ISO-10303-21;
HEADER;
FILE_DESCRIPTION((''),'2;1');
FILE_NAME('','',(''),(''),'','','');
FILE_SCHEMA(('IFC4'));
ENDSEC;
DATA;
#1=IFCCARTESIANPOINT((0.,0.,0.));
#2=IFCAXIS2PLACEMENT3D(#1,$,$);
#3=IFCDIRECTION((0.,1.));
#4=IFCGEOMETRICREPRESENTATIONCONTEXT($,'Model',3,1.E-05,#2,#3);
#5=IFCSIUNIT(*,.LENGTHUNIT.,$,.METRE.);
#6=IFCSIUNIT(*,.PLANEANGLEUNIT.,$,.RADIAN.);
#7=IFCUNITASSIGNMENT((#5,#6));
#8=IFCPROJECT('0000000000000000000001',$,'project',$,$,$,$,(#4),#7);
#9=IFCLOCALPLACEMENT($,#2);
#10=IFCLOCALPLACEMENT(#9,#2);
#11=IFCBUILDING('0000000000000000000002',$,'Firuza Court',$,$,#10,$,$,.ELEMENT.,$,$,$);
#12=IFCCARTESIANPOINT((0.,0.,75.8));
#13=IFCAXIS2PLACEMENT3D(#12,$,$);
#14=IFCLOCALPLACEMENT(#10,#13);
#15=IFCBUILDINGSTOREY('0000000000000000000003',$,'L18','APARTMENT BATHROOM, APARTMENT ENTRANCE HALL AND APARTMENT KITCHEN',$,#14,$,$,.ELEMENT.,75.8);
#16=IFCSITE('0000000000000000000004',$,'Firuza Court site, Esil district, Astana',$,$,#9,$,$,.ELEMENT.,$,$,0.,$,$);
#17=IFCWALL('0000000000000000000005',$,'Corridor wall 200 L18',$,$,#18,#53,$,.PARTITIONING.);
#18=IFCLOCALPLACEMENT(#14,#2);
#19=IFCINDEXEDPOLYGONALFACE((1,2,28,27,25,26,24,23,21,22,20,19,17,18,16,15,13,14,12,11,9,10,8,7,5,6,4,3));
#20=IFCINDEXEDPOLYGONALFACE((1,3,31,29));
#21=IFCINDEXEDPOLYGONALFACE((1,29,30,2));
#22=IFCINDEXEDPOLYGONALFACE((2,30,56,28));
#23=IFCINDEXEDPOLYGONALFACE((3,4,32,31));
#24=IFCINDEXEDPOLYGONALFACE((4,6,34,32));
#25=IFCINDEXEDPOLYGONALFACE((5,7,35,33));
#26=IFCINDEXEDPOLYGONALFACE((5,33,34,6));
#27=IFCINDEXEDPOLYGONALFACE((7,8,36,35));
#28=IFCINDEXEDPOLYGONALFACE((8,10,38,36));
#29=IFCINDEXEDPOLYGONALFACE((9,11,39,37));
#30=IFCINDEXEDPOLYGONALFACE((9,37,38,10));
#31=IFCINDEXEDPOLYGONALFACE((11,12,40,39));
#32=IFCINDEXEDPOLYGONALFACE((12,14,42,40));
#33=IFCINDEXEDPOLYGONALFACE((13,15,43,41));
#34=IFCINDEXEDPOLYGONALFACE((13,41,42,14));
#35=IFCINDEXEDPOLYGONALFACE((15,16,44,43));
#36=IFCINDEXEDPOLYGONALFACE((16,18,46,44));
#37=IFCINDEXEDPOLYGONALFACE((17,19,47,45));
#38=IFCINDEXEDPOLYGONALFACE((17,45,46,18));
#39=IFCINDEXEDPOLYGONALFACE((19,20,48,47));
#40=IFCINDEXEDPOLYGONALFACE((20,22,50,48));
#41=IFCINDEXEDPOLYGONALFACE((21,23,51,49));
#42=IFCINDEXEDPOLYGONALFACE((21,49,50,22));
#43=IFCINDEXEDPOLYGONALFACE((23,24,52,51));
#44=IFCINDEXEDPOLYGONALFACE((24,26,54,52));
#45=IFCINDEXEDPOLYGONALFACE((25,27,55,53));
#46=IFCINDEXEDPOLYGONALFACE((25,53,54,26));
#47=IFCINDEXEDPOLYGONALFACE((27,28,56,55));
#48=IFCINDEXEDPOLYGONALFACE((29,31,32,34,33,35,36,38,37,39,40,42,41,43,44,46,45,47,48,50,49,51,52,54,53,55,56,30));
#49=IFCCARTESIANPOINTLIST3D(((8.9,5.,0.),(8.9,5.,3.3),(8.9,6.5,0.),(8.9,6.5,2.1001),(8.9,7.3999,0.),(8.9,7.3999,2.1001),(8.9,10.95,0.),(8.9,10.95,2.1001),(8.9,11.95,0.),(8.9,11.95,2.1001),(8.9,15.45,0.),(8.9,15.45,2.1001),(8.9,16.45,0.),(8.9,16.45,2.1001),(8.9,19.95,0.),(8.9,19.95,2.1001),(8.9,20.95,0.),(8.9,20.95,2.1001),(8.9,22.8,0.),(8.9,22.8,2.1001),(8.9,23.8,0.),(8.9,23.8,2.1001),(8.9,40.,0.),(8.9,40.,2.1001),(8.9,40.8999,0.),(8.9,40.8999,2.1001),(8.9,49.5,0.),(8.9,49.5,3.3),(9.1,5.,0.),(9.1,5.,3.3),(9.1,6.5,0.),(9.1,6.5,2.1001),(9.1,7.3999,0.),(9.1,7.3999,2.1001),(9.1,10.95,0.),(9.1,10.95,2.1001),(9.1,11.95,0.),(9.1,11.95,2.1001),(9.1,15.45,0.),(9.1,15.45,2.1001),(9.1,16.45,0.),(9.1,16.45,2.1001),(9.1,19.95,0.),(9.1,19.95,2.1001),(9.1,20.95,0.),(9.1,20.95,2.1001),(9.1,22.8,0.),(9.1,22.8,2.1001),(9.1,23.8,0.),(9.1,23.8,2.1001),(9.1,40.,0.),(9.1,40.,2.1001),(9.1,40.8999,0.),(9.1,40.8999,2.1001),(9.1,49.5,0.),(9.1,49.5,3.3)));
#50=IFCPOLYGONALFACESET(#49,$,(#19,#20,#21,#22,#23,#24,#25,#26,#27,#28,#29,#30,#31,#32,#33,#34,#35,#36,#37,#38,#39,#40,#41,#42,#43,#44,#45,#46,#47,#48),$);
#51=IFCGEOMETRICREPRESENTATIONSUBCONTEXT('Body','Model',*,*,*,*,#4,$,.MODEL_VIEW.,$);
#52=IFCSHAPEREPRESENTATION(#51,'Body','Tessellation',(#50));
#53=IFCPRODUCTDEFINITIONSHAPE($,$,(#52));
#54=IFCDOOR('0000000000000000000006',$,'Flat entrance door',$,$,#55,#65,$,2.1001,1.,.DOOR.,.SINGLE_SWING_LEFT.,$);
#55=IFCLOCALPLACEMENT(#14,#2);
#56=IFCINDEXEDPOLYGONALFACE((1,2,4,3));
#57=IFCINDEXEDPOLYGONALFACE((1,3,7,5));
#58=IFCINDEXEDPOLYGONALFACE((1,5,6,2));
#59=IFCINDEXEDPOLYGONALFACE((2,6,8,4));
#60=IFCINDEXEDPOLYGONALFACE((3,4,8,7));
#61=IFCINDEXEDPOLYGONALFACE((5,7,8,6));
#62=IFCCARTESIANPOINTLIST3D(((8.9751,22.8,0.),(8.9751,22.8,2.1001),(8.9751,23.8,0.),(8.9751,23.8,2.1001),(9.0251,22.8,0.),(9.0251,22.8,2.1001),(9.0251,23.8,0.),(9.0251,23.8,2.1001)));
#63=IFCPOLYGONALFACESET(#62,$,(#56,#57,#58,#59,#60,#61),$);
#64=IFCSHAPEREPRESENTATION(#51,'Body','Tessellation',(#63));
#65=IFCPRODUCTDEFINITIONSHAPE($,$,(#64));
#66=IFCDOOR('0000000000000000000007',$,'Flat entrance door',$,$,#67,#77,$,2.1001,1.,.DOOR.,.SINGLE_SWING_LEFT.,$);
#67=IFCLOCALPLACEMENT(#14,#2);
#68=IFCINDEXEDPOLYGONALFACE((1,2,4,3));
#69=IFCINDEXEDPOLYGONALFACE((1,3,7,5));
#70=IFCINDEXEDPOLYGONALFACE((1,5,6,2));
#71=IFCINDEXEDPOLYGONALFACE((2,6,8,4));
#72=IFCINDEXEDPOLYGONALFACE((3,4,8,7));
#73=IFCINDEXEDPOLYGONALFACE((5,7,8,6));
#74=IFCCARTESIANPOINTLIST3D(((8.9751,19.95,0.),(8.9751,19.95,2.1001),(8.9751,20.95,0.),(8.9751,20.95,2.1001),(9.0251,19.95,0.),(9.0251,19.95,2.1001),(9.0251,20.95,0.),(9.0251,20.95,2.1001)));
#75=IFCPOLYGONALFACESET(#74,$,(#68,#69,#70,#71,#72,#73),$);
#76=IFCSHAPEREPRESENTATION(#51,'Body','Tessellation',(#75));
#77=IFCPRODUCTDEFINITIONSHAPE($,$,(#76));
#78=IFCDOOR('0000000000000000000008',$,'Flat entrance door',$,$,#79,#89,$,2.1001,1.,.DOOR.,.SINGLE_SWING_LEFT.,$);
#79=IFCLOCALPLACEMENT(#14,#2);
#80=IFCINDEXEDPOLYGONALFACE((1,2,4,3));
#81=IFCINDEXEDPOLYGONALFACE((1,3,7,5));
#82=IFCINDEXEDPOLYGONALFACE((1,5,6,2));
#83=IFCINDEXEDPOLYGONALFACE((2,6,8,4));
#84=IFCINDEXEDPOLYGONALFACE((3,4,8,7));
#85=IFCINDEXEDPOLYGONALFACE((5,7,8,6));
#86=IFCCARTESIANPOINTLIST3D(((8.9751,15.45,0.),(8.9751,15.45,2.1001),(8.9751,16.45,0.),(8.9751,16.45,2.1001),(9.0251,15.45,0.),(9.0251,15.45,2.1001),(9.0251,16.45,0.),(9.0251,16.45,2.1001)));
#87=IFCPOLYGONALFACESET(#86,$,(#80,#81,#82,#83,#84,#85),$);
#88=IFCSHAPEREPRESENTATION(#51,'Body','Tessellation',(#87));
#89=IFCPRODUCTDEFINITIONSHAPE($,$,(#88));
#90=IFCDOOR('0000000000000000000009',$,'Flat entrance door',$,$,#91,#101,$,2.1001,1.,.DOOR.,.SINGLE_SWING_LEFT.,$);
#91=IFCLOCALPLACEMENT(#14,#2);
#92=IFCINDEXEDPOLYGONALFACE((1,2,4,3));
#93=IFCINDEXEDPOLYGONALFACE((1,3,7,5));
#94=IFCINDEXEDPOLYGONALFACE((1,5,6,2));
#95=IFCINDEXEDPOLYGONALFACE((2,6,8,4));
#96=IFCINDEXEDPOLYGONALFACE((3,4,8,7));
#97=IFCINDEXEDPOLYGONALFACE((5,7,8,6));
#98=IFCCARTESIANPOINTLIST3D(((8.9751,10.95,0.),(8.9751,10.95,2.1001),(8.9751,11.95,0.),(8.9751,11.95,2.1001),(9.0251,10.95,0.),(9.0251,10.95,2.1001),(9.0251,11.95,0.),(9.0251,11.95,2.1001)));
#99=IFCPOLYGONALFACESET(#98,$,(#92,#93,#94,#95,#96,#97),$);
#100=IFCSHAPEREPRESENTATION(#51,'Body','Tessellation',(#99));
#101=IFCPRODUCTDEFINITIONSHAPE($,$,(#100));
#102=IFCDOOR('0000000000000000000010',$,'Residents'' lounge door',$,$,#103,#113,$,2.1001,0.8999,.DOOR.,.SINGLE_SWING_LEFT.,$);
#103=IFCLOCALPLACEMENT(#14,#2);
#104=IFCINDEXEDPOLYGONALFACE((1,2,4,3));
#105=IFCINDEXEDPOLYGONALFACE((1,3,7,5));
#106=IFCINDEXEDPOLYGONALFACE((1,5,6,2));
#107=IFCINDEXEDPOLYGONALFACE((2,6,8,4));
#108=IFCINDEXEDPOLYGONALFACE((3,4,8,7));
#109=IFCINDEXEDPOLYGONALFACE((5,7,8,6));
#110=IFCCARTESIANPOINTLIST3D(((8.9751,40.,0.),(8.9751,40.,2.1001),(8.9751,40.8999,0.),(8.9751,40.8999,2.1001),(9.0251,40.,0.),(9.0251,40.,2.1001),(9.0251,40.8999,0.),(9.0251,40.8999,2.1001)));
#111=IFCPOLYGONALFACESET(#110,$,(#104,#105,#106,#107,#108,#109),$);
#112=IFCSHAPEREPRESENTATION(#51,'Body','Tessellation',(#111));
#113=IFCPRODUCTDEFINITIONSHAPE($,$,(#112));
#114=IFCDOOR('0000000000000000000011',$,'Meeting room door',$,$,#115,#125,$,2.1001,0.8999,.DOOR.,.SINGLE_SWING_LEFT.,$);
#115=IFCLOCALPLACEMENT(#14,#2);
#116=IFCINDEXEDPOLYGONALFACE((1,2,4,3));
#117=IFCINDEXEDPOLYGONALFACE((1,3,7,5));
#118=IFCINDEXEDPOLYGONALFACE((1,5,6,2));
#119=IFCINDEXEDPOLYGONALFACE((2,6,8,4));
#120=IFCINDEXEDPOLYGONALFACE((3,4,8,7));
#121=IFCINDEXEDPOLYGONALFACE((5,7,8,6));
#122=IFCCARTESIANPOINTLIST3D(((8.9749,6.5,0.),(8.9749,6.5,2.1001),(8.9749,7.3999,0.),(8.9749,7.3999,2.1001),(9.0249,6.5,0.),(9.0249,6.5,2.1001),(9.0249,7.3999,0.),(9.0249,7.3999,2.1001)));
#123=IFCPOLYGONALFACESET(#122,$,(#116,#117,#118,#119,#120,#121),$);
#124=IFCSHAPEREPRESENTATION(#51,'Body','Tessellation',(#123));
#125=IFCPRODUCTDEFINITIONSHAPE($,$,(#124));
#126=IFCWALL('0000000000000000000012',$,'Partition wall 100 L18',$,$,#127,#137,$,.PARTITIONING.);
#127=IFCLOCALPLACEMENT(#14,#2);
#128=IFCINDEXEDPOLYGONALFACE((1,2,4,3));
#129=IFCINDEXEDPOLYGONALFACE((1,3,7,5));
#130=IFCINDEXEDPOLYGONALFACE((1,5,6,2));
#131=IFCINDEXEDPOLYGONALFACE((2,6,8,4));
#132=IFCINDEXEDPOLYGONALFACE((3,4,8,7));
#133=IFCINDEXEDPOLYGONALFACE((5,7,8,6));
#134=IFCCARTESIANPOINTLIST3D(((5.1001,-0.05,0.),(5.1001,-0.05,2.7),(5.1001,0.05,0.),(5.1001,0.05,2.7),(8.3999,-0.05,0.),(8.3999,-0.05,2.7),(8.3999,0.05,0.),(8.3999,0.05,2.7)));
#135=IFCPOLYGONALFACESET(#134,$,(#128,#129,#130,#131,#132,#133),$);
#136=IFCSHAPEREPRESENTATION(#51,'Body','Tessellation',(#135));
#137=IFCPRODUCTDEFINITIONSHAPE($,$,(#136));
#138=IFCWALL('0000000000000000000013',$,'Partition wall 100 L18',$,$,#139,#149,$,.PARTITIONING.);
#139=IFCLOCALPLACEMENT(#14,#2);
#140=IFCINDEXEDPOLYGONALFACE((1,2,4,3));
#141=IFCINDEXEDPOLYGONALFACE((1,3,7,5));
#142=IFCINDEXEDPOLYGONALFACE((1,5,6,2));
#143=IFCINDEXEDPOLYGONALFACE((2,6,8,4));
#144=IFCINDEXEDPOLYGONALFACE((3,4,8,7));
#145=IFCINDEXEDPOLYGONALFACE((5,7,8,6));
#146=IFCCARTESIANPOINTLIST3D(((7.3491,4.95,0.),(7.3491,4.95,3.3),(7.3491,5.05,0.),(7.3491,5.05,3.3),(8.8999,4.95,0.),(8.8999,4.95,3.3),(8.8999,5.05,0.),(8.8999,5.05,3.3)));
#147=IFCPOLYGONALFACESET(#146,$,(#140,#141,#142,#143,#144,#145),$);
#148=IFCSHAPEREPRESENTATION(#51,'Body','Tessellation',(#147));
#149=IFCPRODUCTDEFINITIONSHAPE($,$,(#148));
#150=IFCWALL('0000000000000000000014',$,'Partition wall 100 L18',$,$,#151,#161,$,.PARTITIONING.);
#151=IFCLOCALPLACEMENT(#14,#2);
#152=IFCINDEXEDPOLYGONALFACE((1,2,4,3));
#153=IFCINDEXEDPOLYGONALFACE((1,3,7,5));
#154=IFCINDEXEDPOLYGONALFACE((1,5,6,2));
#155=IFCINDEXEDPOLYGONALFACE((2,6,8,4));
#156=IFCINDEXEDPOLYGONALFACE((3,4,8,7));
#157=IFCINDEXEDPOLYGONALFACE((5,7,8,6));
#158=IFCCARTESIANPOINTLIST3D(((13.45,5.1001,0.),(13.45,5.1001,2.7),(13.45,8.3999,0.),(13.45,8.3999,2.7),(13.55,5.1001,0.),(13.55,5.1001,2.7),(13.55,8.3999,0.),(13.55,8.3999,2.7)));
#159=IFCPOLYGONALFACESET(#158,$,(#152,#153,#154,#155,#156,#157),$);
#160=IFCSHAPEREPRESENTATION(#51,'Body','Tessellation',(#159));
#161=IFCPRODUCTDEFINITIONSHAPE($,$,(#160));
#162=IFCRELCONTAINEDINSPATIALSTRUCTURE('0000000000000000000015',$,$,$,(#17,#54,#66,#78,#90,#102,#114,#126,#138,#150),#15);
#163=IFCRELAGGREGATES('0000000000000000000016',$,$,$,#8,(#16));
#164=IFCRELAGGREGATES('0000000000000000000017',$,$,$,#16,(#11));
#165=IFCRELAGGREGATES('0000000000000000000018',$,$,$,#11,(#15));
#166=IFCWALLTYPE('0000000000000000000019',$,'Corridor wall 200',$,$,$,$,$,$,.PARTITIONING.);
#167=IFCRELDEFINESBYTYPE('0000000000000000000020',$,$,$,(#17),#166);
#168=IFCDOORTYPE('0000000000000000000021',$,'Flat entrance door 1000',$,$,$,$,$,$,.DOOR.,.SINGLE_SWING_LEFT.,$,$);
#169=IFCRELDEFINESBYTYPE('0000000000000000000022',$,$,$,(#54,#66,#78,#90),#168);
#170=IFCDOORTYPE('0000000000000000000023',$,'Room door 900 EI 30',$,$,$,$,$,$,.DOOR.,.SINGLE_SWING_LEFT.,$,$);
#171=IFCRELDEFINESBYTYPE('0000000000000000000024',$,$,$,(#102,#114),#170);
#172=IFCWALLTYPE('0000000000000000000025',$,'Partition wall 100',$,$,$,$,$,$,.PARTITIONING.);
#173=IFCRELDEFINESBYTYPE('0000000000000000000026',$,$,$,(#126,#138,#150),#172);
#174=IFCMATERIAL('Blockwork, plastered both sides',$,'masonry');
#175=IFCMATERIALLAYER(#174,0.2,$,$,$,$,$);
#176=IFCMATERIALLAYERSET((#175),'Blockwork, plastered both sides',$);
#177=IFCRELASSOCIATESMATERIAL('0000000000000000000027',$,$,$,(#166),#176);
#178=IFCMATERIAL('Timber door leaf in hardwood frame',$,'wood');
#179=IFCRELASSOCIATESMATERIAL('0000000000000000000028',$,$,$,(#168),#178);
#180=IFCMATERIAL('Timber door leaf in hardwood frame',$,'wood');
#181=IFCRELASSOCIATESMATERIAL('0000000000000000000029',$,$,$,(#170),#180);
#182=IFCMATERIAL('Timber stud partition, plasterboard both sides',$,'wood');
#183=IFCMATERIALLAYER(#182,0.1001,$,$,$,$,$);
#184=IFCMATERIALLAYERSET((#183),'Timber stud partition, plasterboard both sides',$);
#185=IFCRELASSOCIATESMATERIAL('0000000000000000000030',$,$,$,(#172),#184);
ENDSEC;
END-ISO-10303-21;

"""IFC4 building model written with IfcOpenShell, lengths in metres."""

from ifc_helpers import new_model, si_unit, direction, frame, frame_2d, origin, place, context, subcontext, project, spatial, rectangle, extrude, material, layer, layer_set, type_object, element, fill, save


model = new_model("IFC4")

# Units and contexts
model_context = context("Model", 3, precision=1e-05, world=origin(), true_north=direction((0.0, 1.0)))
body_context = subcontext(model_context, "Body", "Model", "MODEL_VIEW")
ifc_project = project(units=[si_unit("LENGTHUNIT", "METRE"), si_unit("PLANEANGLEUNIT", "RADIAN")], contexts=[model_context])

# Site, building, storey
site_placement = place(None, origin())
site = spatial("IfcSite", under=ifc_project, at=site_placement, Name="Firuza Court site, Esil district, Astana", CompositionType="ELEMENT", RefElevation=0.0)
building_placement = place(site_placement, origin())
building = spatial("IfcBuilding", under=site, at=building_placement, Name="Firuza Court", CompositionType="ELEMENT")
storey_placement = place(building_placement, frame((0.0, 0.0, 75.8)))
storey = spatial("IfcBuildingStorey", under=building, at=storey_placement, Name="L18", Description="APARTMENT BATHROOM, APARTMENT ENTRANCE HALL AND APARTMENT KITCHEN", CompositionType="ELEMENT", Elevation=75.8)

# Wall, openings, doors
ifc_material_1 = material(Name="Blockwork, plastered both sides", Category="masonry")
ifc_layer_1 = layer(ifc_material_1, 0.2)
ifc_layer_set_1 = layer_set([ifc_layer_1], Name="Blockwork, plastered both sides")
wall_type_1 = type_object("IfcWallType", Name="Corridor wall 200", PredefinedType="PARTITIONING", material=ifc_layer_set_1)
wall_1_placement = place(storey_placement, frame((9.0, 5.0, 0.0), z_axis=(0.0, 0.0, 1.0), x_axis=(0.0, 1.0, 0.0)))
wall_1 = element("IfcWall", 1, at=wall_1_placement, inside=storey, type_object=wall_type_1, Name="Corridor wall 200 L18", PredefinedType="PARTITIONING", context=body_context, shape_type="SweptSolid", body=[
    extrude(rectangle(XDim=44.5, YDim=0.2, at=frame_2d((22.25, 0.0))), origin(), (0.0, 0.0, 1.0), 3.3),
])
opening_1_placement = place(wall_1_placement, frame((17.8, 0.0, 0.0)))
opening_1 = element("IfcOpeningElement", 2, at=opening_1_placement, cuts=wall_1, PredefinedType="OPENING", context=body_context, shape_type="SweptSolid", body=[
    extrude(rectangle(XDim=1.0, YDim=2.1001, at=frame_2d((0.5, 1.05))), frame((0.0, 0.1118, 0.0), z_axis=(0.0, -1.0, 0.0), x_axis=(1.0, 0.0, 0.0)), (0.0, 0.0, 1.0), 0.2239),
])
opening_2_placement = place(wall_1_placement, frame((14.95, 0.0, 0.0)))
opening_2 = element("IfcOpeningElement", 3, at=opening_2_placement, cuts=wall_1, PredefinedType="OPENING", context=body_context, shape_type="SweptSolid", body=[
    extrude(rectangle(XDim=1.0, YDim=2.1001, at=frame_2d((0.5, 1.05))), frame((0.0, 0.1118, 0.0), z_axis=(0.0, -1.0, 0.0), x_axis=(1.0, 0.0, 0.0)), (0.0, 0.0, 1.0), 0.2239),
])
opening_3_placement = place(wall_1_placement, frame((10.45, 0.0, 0.0)))
opening_3 = element("IfcOpeningElement", 4, at=opening_3_placement, cuts=wall_1, PredefinedType="OPENING", context=body_context, shape_type="SweptSolid", body=[
    extrude(rectangle(XDim=1.0, YDim=2.1001, at=frame_2d((0.5, 1.05))), frame((0.0, 0.1118, 0.0), z_axis=(0.0, -1.0, 0.0), x_axis=(1.0, 0.0, 0.0)), (0.0, 0.0, 1.0), 0.2239),
])
opening_4_placement = place(wall_1_placement, frame((5.95, 0.0, 0.0)))
opening_4 = element("IfcOpeningElement", 5, at=opening_4_placement, cuts=wall_1, PredefinedType="OPENING", context=body_context, shape_type="SweptSolid", body=[
    extrude(rectangle(XDim=1.0, YDim=2.1001, at=frame_2d((0.5, 1.05))), frame((0.0, 0.1118, 0.0), z_axis=(0.0, -1.0, 0.0), x_axis=(1.0, 0.0, 0.0)), (0.0, 0.0, 1.0), 0.2239),
])
opening_5_placement = place(wall_1_placement, frame((35.0, 0.0, 0.0)))
opening_5 = element("IfcOpeningElement", 6, at=opening_5_placement, cuts=wall_1, PredefinedType="OPENING", context=body_context, shape_type="SweptSolid", body=[
    extrude(rectangle(XDim=0.8999, YDim=2.1001, at=frame_2d((0.45, 1.05))), frame((0.0, 0.1118, 0.0), z_axis=(0.0, -1.0, 0.0), x_axis=(1.0, 0.0, 0.0)), (0.0, 0.0, 1.0), 0.2239),
])
opening_6_placement = place(wall_1_placement, frame((1.5, 0.0, 0.0)))
opening_6 = element("IfcOpeningElement", 7, at=opening_6_placement, cuts=wall_1, PredefinedType="OPENING", context=body_context, shape_type="SweptSolid", body=[
    extrude(rectangle(XDim=0.8999, YDim=2.1001, at=frame_2d((0.45, 1.05))), frame((0.0, 0.1118, 0.0), z_axis=(0.0, -1.0, 0.0), x_axis=(1.0, 0.0, 0.0)), (0.0, 0.0, 1.0), 0.2239),
])
ifc_material_2 = material(Name="Timber door leaf in hardwood frame", Category="wood")
door_type_1 = type_object("IfcDoorType", Name="Flat entrance door 1000", OperationType="SINGLE_SWING_LEFT", PredefinedType="DOOR", material=ifc_material_2)
door_1_placement = place(opening_1_placement, origin())
door_1 = element("IfcDoor", 8, at=door_1_placement, inside=storey, type_object=door_type_1, Name="Flat entrance door", OperationType="SINGLE_SWING_LEFT", OverallHeight=2.1001, OverallWidth=1.0, PredefinedType="DOOR", context=body_context, shape_type="SweptSolid", body=[
    extrude(rectangle(XDim=1.0, YDim=2.1001, at=frame_2d((0.5, 1.05))), frame((0.0, 0.0249, 0.0), z_axis=(0.0, -1.0, 0.0), x_axis=(1.0, 0.0, 0.0)), (0.0, 0.0, 1.0), 0.05),
])
fill(opening_1, door_1)
door_2_placement = place(opening_2_placement, origin())
door_2 = element("IfcDoor", 9, at=door_2_placement, inside=storey, type_object=door_type_1, Name="Flat entrance door", OperationType="SINGLE_SWING_LEFT", OverallHeight=2.1001, OverallWidth=1.0, PredefinedType="DOOR", context=body_context, shape_type="SweptSolid", body=[
    extrude(rectangle(XDim=1.0, YDim=2.1001, at=frame_2d((0.5, 1.05))), frame((0.0, 0.0249, 0.0), z_axis=(0.0, -1.0, 0.0), x_axis=(1.0, 0.0, 0.0)), (0.0, 0.0, 1.0), 0.05),
])
fill(opening_2, door_2)
door_3_placement = place(opening_3_placement, origin())
door_3 = element("IfcDoor", 10, at=door_3_placement, inside=storey, type_object=door_type_1, Name="Flat entrance door", OperationType="SINGLE_SWING_LEFT", OverallHeight=2.1001, OverallWidth=1.0, PredefinedType="DOOR", context=body_context, shape_type="SweptSolid", body=[
    extrude(rectangle(XDim=1.0, YDim=2.1001, at=frame_2d((0.5, 1.05))), frame((0.0, 0.0249, 0.0), z_axis=(0.0, -1.0, 0.0), x_axis=(1.0, 0.0, 0.0)), (0.0, 0.0, 1.0), 0.05),
])
fill(opening_3, door_3)
door_4_placement = place(opening_4_placement, origin())
door_4 = element("IfcDoor", 11, at=door_4_placement, inside=storey, type_object=door_type_1, Name="Flat entrance door", OperationType="SINGLE_SWING_LEFT", OverallHeight=2.1001, OverallWidth=1.0, PredefinedType="DOOR", context=body_context, shape_type="SweptSolid", body=[
    extrude(rectangle(XDim=1.0, YDim=2.1001, at=frame_2d((0.5, 1.05))), frame((0.0, 0.0249, 0.0), z_axis=(0.0, -1.0, 0.0), x_axis=(1.0, 0.0, 0.0)), (0.0, 0.0, 1.0), 0.05),
])
fill(opening_4, door_4)
ifc_material_3 = material(Name="Timber door leaf in hardwood frame", Category="wood")
door_type_2 = type_object("IfcDoorType", Name="Room door 900 EI 30", OperationType="SINGLE_SWING_LEFT", PredefinedType="DOOR", material=ifc_material_3)
door_5_placement = place(opening_5_placement, origin())
door_5 = element("IfcDoor", 12, at=door_5_placement, inside=storey, type_object=door_type_2, Name="Residents' lounge door", OperationType="SINGLE_SWING_LEFT", OverallHeight=2.1001, OverallWidth=0.8999, PredefinedType="DOOR", context=body_context, shape_type="SweptSolid", body=[
    extrude(rectangle(XDim=0.8999, YDim=2.1001, at=frame_2d((0.45, 1.05))), frame((0.0, 0.0249, 0.0), z_axis=(0.0, -1.0, 0.0), x_axis=(1.0, 0.0, 0.0)), (0.0, 0.0, 1.0), 0.05),
])
fill(opening_5, door_5)
door_6_placement = place(opening_6_placement, frame((0.8999, 0.0, 0.0), z_axis=(0.0, 0.0, 1.0), x_axis=(-1.0, 0.0, 0.0)))
door_6 = element("IfcDoor", 13, at=door_6_placement, inside=storey, type_object=door_type_2, Name="Meeting room door", OperationType="SINGLE_SWING_LEFT", OverallHeight=2.1001, OverallWidth=0.8999, PredefinedType="DOOR", context=body_context, shape_type="SweptSolid", body=[
    extrude(rectangle(XDim=0.8999, YDim=2.1001, at=frame_2d((0.45, 1.05))), frame((0.0, 0.0249, 0.0), z_axis=(0.0, -1.0, 0.0), x_axis=(1.0, 0.0, 0.0)), (0.0, 0.0, 1.0), 0.05),
])
fill(opening_6, door_6)

# Walls
ifc_material_4 = material(Name="Timber stud partition, plasterboard both sides", Category="wood")
ifc_layer_2 = layer(ifc_material_4, 0.1001)
ifc_layer_set_2 = layer_set([ifc_layer_2], Name="Timber stud partition, plasterboard both sides")
wall_type_2 = type_object("IfcWallType", Name="Partition wall 100", PredefinedType="PARTITIONING", material=ifc_layer_set_2)
wall_2_placement = place(storey_placement, frame((5.1001, 0.0, 0.0), z_axis=(0.0, 0.0, 1.0), x_axis=(1.0, 0.0, 0.0)))
element("IfcWall", 14, at=wall_2_placement, inside=storey, type_object=wall_type_2, Name="Partition wall 100 L18", PredefinedType="PARTITIONING", context=body_context, shape_type="SweptSolid", body=[
    extrude(rectangle(XDim=3.2998, YDim=0.1001, at=frame_2d((1.6499, 0.0))), origin(), (0.0, 0.0, 1.0), 2.7),
])
wall_3_placement = place(storey_placement, frame((7.3491, 5.0, 0.0), z_axis=(0.0, 0.0, 1.0), x_axis=(1.0, 0.0, 0.0)))
element("IfcWall", 15, at=wall_3_placement, inside=storey, type_object=wall_type_2, Name="Partition wall 100 L18", PredefinedType="PARTITIONING", context=body_context, shape_type="SweptSolid", body=[
    extrude(rectangle(XDim=1.5508, YDim=0.1001, at=frame_2d((0.7754, 0.0))), origin(), (0.0, 0.0, 1.0), 3.3),
])
wall_4_placement = place(storey_placement, frame((13.5, 5.1001, 0.0), z_axis=(0.0, 0.0, 1.0), x_axis=(0.0, 1.0, 0.0)))
element("IfcWall", 16, at=wall_4_placement, inside=storey, type_object=wall_type_2, Name="Partition wall 100 L18", PredefinedType="PARTITIONING", context=body_context, shape_type="SweptSolid", body=[
    extrude(rectangle(XDim=3.2998, YDim=0.1001, at=frame_2d((1.6499, 0.0))), origin(), (0.0, 0.0, 1.0), 2.7),
])

save(model, "model.ifc")
